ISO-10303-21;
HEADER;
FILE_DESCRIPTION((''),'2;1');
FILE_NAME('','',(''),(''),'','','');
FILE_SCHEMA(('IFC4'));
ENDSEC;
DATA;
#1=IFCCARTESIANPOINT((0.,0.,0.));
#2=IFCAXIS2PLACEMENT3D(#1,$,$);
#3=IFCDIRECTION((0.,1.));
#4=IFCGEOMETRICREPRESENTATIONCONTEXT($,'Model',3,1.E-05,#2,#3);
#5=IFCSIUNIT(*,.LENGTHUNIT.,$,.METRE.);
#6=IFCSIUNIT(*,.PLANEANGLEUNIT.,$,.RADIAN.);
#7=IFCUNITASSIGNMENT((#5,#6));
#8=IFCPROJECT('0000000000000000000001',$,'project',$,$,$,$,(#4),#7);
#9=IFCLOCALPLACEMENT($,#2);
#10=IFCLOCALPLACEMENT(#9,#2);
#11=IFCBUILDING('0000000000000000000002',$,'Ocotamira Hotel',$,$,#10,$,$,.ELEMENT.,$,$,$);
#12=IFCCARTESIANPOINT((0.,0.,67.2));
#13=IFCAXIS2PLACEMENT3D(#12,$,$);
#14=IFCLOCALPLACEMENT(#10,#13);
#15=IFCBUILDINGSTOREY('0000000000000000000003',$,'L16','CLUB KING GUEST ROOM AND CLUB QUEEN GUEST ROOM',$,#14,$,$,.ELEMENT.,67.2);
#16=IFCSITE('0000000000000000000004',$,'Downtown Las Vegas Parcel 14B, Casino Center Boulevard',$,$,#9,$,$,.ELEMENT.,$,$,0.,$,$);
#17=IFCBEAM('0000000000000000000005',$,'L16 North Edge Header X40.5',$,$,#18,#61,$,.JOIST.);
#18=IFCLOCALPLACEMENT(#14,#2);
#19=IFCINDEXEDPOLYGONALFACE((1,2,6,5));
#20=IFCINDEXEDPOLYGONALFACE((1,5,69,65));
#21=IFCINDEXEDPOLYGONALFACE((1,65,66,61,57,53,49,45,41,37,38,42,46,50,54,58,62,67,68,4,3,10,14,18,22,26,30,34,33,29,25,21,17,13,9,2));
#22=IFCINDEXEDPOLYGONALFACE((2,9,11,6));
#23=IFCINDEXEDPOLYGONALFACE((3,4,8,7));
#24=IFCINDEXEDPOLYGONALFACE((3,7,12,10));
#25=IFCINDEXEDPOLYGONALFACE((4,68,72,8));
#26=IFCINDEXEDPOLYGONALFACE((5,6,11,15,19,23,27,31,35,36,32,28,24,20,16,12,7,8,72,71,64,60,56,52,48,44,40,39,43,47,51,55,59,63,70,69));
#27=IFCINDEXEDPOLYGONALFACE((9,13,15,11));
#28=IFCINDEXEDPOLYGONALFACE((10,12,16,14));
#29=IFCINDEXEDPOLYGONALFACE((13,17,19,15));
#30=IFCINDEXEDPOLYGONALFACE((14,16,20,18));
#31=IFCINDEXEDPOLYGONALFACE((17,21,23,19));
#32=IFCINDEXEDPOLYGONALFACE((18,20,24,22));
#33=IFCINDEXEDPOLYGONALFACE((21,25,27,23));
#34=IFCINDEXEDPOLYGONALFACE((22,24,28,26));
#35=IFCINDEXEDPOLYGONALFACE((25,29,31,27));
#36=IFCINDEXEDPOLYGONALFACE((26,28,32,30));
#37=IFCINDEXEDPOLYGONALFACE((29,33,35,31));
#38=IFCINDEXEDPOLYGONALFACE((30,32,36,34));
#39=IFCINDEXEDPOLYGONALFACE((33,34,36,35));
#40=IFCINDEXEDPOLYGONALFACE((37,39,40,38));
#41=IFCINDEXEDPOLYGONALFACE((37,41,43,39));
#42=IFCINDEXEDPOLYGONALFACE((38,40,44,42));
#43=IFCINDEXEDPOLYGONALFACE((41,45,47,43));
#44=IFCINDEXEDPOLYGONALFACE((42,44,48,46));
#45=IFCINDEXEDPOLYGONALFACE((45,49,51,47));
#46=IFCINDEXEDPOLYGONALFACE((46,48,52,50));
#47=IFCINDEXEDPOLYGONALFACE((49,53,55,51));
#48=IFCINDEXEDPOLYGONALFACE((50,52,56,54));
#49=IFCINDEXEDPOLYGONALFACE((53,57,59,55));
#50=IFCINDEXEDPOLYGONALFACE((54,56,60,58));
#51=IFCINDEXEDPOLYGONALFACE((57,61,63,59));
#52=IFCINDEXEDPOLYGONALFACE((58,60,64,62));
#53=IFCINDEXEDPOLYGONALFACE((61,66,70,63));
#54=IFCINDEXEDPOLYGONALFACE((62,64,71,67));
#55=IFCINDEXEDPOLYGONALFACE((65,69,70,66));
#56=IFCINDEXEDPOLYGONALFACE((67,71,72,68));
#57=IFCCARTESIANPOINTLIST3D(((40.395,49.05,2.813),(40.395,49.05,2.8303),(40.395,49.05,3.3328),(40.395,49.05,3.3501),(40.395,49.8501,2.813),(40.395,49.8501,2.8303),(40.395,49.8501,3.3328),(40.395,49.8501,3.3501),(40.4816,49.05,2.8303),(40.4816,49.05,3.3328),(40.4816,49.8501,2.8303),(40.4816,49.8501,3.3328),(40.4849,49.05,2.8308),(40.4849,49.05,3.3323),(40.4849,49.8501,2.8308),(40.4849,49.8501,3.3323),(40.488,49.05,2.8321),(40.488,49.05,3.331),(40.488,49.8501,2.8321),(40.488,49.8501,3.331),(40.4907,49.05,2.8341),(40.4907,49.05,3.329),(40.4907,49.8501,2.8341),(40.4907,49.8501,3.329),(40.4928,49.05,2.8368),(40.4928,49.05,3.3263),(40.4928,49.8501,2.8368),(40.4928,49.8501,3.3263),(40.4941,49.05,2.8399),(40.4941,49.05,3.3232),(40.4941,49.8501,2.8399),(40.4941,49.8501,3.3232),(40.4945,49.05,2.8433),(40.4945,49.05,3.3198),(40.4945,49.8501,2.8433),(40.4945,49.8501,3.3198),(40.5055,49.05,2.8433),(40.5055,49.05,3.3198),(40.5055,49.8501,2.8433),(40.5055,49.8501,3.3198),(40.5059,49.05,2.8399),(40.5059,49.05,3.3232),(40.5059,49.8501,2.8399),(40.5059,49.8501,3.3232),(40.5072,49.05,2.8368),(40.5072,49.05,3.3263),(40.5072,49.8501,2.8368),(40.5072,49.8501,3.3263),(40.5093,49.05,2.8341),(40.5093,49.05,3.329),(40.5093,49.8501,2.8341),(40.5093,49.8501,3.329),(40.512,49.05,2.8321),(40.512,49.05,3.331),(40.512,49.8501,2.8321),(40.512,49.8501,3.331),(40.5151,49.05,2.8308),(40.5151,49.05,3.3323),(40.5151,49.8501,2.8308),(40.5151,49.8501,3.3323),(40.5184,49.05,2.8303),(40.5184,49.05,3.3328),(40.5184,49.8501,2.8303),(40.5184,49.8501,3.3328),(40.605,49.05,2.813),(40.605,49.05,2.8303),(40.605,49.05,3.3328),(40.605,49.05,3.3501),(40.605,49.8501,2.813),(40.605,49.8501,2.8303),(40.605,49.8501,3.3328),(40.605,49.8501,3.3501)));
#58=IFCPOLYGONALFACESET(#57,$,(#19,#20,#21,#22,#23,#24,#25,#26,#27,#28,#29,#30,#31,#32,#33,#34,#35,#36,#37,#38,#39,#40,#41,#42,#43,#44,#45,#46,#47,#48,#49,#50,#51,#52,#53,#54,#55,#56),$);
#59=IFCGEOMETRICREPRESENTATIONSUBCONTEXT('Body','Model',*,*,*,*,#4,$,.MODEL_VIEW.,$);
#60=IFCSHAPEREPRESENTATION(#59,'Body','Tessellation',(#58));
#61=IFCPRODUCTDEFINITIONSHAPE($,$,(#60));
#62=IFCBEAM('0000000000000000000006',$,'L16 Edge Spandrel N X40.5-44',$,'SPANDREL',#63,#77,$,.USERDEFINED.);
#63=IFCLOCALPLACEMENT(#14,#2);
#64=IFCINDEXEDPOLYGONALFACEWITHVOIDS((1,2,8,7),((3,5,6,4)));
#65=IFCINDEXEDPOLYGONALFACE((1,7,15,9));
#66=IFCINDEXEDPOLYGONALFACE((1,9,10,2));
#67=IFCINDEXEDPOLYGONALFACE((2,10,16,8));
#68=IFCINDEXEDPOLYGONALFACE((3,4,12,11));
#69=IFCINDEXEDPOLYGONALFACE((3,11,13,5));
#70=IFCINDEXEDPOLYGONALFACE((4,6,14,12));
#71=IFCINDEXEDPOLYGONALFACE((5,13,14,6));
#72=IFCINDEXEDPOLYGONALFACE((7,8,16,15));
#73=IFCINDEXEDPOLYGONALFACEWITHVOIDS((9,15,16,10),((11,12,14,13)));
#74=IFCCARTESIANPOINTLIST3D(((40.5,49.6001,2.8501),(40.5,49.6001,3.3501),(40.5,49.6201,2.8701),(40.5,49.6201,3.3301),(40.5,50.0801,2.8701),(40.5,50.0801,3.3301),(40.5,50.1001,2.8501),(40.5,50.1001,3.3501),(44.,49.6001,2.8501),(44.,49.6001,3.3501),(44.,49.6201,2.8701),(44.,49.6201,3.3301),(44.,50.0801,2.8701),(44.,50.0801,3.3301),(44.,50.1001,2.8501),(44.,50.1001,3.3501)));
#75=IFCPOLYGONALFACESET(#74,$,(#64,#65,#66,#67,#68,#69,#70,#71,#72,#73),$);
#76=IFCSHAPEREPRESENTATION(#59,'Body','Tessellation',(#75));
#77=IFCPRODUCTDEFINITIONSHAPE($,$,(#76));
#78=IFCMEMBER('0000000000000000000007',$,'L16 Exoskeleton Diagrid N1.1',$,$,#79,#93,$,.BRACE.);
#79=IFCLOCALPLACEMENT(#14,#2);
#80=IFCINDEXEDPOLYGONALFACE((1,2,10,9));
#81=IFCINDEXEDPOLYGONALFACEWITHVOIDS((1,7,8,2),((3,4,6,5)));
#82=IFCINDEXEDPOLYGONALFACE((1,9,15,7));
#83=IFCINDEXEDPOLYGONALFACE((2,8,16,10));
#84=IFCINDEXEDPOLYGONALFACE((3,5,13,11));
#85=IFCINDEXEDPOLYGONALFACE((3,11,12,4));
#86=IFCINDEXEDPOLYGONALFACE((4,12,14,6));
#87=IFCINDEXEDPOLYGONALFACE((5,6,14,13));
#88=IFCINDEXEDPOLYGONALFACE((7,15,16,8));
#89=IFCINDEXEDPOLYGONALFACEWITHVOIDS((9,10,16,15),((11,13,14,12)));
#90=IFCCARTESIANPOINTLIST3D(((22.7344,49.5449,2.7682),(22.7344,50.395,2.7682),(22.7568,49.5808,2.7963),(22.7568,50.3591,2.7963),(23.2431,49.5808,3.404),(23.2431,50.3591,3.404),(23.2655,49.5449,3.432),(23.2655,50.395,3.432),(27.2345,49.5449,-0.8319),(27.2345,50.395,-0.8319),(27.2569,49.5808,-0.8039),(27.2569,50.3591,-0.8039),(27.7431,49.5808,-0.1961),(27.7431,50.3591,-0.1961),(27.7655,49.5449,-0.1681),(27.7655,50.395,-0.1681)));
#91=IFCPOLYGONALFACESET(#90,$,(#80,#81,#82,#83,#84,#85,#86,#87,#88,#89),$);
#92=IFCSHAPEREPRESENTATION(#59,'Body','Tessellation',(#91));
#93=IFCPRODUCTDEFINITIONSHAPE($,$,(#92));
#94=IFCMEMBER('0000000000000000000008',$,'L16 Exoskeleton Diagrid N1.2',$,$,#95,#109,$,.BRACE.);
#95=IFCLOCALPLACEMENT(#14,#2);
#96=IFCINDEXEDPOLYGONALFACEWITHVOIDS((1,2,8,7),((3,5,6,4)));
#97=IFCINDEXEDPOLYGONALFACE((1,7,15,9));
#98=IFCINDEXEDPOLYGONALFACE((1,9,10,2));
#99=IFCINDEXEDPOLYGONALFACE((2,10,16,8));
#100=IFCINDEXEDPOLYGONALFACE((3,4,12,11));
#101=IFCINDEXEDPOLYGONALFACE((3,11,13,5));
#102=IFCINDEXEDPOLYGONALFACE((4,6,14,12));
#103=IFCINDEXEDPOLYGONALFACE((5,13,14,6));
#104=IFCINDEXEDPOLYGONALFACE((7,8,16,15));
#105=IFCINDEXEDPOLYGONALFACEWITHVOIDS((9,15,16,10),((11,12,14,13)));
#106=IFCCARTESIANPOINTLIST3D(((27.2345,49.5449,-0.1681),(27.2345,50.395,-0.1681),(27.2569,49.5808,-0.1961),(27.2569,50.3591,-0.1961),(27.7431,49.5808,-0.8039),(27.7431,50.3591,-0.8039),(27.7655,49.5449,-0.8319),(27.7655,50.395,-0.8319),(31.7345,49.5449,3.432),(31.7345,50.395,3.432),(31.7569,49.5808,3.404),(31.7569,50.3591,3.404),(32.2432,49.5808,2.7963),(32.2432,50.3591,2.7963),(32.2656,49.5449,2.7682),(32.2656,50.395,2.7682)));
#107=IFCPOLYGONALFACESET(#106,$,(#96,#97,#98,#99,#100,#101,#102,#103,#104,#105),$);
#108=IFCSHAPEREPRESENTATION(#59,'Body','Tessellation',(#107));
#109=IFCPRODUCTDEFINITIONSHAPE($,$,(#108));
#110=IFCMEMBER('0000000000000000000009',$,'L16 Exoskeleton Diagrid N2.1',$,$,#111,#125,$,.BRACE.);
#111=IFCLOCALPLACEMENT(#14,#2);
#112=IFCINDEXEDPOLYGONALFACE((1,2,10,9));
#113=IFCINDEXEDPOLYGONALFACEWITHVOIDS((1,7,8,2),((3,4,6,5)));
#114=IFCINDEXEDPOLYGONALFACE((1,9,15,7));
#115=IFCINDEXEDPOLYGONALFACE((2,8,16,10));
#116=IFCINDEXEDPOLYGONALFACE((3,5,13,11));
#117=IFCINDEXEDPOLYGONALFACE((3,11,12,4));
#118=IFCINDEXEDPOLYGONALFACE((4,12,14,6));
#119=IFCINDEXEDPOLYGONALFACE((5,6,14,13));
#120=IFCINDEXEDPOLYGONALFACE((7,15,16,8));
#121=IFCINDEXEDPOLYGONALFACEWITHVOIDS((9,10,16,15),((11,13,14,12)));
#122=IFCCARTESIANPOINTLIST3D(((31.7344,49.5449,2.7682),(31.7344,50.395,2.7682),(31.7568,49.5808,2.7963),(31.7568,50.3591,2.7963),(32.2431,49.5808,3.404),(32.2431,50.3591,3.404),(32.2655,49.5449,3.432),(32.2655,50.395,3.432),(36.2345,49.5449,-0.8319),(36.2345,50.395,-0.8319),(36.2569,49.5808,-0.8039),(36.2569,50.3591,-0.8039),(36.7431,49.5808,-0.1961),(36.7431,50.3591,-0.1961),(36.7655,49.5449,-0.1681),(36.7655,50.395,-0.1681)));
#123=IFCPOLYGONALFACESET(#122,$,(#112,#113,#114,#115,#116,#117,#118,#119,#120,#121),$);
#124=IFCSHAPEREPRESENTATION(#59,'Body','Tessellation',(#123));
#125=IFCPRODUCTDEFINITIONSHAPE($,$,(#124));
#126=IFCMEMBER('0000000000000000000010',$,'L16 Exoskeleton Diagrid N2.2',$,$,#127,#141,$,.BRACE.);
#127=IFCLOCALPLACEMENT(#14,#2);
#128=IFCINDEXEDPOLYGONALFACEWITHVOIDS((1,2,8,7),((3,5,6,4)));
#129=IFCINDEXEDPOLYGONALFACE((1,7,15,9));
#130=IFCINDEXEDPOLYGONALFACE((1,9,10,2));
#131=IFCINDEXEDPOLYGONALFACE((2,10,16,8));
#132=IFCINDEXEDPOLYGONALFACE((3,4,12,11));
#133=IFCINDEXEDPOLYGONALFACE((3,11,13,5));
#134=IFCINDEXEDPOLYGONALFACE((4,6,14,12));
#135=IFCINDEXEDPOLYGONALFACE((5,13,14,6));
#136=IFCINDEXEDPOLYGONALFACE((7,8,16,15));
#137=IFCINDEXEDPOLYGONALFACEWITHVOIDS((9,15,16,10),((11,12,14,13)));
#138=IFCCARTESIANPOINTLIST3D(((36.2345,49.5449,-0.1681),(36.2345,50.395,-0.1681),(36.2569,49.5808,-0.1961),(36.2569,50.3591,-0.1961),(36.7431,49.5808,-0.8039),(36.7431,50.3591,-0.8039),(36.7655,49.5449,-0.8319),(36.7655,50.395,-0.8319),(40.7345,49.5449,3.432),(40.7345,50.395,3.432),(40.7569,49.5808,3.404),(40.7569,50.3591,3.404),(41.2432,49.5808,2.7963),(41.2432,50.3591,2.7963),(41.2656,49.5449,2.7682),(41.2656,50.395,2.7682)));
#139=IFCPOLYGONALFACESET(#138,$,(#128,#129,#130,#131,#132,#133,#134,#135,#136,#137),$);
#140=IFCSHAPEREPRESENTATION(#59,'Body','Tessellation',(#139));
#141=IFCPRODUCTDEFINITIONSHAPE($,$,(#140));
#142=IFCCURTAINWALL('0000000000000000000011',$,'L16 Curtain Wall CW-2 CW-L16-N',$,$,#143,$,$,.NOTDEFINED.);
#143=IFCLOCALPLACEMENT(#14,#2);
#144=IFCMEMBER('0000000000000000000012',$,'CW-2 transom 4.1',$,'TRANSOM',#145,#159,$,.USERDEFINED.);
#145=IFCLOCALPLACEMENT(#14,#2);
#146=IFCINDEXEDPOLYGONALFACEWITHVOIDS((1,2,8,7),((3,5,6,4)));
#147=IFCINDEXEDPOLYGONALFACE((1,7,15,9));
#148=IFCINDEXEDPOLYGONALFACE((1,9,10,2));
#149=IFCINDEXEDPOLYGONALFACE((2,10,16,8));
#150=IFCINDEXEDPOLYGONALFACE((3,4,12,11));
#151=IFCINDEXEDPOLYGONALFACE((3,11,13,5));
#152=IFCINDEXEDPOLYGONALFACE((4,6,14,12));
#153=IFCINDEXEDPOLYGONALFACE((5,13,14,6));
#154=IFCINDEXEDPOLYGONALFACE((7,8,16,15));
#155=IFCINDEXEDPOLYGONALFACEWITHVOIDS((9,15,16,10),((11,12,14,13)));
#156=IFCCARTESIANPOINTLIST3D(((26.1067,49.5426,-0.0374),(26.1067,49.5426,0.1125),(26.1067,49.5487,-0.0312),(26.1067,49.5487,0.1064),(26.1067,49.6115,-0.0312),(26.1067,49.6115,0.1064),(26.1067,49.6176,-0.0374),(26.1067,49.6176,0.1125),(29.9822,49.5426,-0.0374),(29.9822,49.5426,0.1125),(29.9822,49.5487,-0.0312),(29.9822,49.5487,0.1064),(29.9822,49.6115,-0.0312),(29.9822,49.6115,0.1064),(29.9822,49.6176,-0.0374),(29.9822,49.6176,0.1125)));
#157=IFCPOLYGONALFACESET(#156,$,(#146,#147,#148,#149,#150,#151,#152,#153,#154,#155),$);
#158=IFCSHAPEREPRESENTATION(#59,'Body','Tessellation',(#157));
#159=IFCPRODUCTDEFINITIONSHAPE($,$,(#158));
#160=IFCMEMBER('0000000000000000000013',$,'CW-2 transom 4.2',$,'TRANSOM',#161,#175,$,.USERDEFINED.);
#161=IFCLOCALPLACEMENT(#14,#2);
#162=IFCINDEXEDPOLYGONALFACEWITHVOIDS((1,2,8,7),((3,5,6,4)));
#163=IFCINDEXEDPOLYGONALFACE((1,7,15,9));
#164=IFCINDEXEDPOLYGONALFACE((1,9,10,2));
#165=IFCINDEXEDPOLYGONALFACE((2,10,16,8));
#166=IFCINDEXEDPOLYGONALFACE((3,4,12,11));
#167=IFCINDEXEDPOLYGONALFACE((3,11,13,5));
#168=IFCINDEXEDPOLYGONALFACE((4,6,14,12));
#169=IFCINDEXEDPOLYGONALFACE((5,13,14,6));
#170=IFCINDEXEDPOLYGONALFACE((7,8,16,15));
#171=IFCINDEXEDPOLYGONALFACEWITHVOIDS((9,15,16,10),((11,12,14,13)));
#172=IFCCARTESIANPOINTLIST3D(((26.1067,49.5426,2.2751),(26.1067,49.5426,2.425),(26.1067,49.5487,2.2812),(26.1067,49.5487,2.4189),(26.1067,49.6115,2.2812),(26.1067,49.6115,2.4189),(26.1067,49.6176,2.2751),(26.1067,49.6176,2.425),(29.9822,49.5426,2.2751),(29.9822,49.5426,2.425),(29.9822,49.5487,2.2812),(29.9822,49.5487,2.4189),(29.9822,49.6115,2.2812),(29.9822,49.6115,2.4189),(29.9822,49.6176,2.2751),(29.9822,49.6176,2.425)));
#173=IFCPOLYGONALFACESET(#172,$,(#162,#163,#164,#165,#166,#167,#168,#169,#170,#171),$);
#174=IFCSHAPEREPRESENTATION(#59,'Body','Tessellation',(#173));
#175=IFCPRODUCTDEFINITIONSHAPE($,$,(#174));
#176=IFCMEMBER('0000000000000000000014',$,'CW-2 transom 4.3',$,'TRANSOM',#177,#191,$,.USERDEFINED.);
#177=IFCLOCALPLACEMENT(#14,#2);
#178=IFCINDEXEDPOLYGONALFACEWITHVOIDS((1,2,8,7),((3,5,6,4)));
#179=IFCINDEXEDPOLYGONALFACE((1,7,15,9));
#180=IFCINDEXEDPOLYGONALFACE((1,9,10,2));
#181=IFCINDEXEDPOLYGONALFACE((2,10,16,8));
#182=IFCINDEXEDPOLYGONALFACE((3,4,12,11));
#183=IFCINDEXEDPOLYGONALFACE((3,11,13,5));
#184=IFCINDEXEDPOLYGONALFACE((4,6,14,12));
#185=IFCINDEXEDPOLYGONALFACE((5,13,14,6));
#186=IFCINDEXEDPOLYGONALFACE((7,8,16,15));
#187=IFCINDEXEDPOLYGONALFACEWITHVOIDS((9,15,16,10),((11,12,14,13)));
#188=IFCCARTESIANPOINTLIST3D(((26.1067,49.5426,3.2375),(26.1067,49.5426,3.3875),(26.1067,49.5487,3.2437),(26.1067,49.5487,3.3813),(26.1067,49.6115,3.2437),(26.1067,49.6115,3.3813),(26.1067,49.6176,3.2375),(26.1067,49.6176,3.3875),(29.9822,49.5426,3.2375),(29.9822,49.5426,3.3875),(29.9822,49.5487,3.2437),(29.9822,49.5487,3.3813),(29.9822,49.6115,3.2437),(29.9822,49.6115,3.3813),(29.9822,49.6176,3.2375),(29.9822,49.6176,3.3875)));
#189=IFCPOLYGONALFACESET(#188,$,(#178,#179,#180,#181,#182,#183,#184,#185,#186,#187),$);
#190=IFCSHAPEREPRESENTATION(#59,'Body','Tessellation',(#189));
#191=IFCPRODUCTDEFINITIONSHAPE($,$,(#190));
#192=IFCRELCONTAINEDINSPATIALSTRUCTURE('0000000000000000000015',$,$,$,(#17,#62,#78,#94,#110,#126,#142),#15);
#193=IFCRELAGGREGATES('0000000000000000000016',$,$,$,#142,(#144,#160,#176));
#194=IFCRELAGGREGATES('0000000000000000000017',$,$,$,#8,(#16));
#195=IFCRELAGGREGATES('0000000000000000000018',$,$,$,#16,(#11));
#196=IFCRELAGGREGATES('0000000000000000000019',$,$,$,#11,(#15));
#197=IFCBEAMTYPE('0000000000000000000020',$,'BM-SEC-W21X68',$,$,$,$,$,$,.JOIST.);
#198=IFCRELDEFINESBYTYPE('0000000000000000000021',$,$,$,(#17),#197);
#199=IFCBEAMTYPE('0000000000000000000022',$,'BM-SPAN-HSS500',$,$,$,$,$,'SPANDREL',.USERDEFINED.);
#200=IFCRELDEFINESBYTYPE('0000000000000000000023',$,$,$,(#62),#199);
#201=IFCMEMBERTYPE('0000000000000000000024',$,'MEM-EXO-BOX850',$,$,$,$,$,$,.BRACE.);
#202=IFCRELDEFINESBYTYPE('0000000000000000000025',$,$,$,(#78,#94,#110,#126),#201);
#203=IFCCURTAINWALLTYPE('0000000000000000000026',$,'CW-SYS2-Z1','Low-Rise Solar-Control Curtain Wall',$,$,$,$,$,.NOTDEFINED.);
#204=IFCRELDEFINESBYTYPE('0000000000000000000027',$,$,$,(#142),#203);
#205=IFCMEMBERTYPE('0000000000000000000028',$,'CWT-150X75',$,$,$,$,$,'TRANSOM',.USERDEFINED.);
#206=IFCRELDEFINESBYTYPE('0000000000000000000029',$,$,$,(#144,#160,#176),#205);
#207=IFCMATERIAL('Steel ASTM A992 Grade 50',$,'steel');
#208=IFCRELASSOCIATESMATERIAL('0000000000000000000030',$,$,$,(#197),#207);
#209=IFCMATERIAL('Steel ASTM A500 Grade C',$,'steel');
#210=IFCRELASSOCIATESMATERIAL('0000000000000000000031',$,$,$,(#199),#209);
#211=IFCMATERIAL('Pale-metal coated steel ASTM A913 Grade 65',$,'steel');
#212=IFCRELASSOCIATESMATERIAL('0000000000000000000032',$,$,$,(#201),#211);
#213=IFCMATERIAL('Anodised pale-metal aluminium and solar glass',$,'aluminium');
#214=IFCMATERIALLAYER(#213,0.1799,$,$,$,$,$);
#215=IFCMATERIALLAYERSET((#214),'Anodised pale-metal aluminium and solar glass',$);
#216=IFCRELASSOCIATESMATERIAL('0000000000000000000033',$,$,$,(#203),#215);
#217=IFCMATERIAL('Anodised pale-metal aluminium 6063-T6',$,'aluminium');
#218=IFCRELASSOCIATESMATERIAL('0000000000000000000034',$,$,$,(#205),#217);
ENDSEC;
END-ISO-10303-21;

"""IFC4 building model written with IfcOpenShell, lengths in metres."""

from ifc_helpers import new_model, si_unit, direction, frame, origin, origin_2d, place, context, subcontext, project, spatial, hollow_rectangle, i_section, extrude, source, transform, mapped, material, layer, layer_set, material_profile, profile_set, type_object, element, aggregate, save


model = new_model("IFC4")

# Units and contexts
model_context = context("Model", 3, precision=1e-05, world=origin(), true_north=direction((0.0, 1.0)))
body_context = subcontext(model_context, "Body", "Model", "MODEL_VIEW")
ifc_project = project(units=[si_unit("LENGTHUNIT", "METRE"), si_unit("PLANEANGLEUNIT", "RADIAN")], contexts=[model_context])

# Site, building, storey
site_placement = place(None, origin())
site = spatial("IfcSite", under=ifc_project, at=site_placement, Name="Downtown Las Vegas Parcel 14B, Casino Center Boulevard", CompositionType="ELEMENT", RefElevation=0.0)
building_placement = place(site_placement, origin())
building = spatial("IfcBuilding", under=site, at=building_placement, Name="Ocotamira Hotel", CompositionType="ELEMENT")
storey_placement = place(building_placement, frame((0.0, 0.0, 67.2)))
storey = spatial("IfcBuildingStorey", under=building, at=storey_placement, Name="L16", Description="CLUB KING GUEST ROOM AND CLUB QUEEN GUEST ROOM", CompositionType="ELEMENT", Elevation=67.2)

# Beams
ifc_material_1 = material(Name="Steel ASTM A992 Grade 50", Category="steel")
ifc_material_profile_1 = material_profile(ifc_material_1, i_section(OverallWidth=0.21, OverallDepth=0.5371, WebThickness=0.011, FlangeThickness=0.0173, FilletRadius=0.0129, at=origin_2d()), Name="W21X68")
ifc_profile_set_1 = profile_set([ifc_material_profile_1], Name="Steel ASTM A992 Grade 50")
beam_type_1 = type_object("IfcBeamType", Name="BM-SEC-W21X68", PredefinedType="JOIST", material=ifc_profile_set_1)
shared_shape_1 = source(origin(), body_context, "Body", "SweptSolid", [
    extrude(i_section(OverallWidth=0.21, OverallDepth=0.5371, WebThickness=0.011, FlangeThickness=0.0173, FilletRadius=0.0129, at=origin_2d()), origin(), (0.0, 0.0, 1.0), 0.8),
])
beam_1_placement = place(storey_placement, frame((40.5, 49.05, 3.0815), z_axis=(0.0, 1.0, 0.0), x_axis=(-1.0, 0.0, 0.0)))
element("IfcBeam", 1, at=beam_1_placement, inside=storey, type_object=beam_type_1, Name="L16 North Edge Header X40.5", PredefinedType="JOIST", context=body_context, shape_type="MappedRepresentation", body=[
    mapped(shared_shape_1, transform((0.0, 0.0, 0.0), scale=1.0)),
])
ifc_material_2 = material(Name="Steel ASTM A500 Grade C", Category="steel")
ifc_material_profile_2 = material_profile(ifc_material_2, hollow_rectangle(XDim=0.5, YDim=0.5, WallThickness=0.02, at=origin_2d()), Name="HSS500X500X20")
ifc_profile_set_2 = profile_set([ifc_material_profile_2], Name="Steel ASTM A500 Grade C")
beam_type_2 = type_object("IfcBeamType", Name="BM-SPAN-HSS500", ElementType="SPANDREL", PredefinedType="USERDEFINED", material=ifc_profile_set_2)
shared_shape_2 = source(origin(), body_context, "Body", "SweptSolid", [
    extrude(hollow_rectangle(XDim=0.5, YDim=0.5, WallThickness=0.02, at=origin_2d()), origin(), (0.0, 0.0, 1.0), 3.5),
])
beam_2_placement = place(storey_placement, frame((40.5, 49.8501, 3.1001), z_axis=(1.0, 0.0, 0.0), x_axis=(0.0, 1.0, 0.0)))
element("IfcBeam", 2, at=beam_2_placement, inside=storey, type_object=beam_type_2, Name="L16 Edge Spandrel N X40.5-44", ObjectType="SPANDREL", PredefinedType="USERDEFINED", context=body_context, shape_type="MappedRepresentation", body=[
    mapped(shared_shape_2, transform((0.0, 0.0, 0.0), scale=1.0)),
])

# Members
ifc_material_3 = material(Name="Pale-metal coated steel ASTM A913 Grade 65", Category="steel")
ifc_material_profile_3 = material_profile(ifc_material_3, hollow_rectangle(XDim=0.8501, YDim=0.8501, WallThickness=0.0359, at=origin_2d()), Name="BOX850X850X36")
ifc_profile_set_3 = profile_set([ifc_material_profile_3], Name="Pale-metal coated steel ASTM A913 Grade 65")
member_type_1 = type_object("IfcMemberType", Name="MEM-EXO-BOX850", PredefinedType="BRACE", material=ifc_profile_set_3)
shared_shape_3 = source(origin(), body_context, "Body", "SweptSolid", [
    extrude(hollow_rectangle(XDim=0.8501, YDim=0.8501, WallThickness=0.0359, at=origin_2d()), origin(), (0.0, 0.0, 1.0), 5.7629),
])
for number, where, z_axis, x_axis, name in (
    (3, (27.5, 49.97, -0.5), (-0.780861, 0.0, 0.624705), (0.0, -1.0, 0.0), "L16 Exoskeleton Diagrid N1.1"),
    (4, (27.5, 49.97, -0.5), (0.780861, 0.0, 0.624705), (0.0, 1.0, 0.0), "L16 Exoskeleton Diagrid N1.2"),
    (5, (36.5, 49.97, -0.5), (-0.780861, 0.0, 0.624705), (0.0, -1.0, 0.0), "L16 Exoskeleton Diagrid N2.1"),
    (6, (36.5, 49.97, -0.5), (0.780861, 0.0, 0.624705), (0.0, 1.0, 0.0), "L16 Exoskeleton Diagrid N2.2"),
):
    element("IfcMember", number, at=place(storey_placement, frame(where, z_axis=z_axis, x_axis=x_axis)), inside=storey, type_object=member_type_1, Name=name, PredefinedType="BRACE", context=body_context, shape_type="MappedRepresentation", body=[
        mapped(shared_shape_3, transform((0.0, 0.0, 0.0), scale=1.0)),
    ])

# Curtain wall, members
ifc_material_4 = material(Name="Anodised pale-metal aluminium and solar glass", Category="aluminium")
ifc_layer_1 = layer(ifc_material_4, 0.1799)
ifc_layer_set_1 = layer_set([ifc_layer_1], Name="Anodised pale-metal aluminium and solar glass")
curtain_wall_type = type_object("IfcCurtainWallType", Name="CW-SYS2-Z1", Description="Low-Rise Solar-Control Curtain Wall", PredefinedType="NOTDEFINED", material=ifc_layer_set_1)
curtain_wall_placement = place(storey_placement, origin())
curtain_wall = element("IfcCurtainWall", 7, at=curtain_wall_placement, inside=storey, type_object=curtain_wall_type, Name="L16 Curtain Wall CW-2 CW-L16-N", PredefinedType="NOTDEFINED")
ifc_material_5 = material(Name="Anodised pale-metal aluminium 6063-T6", Category="aluminium")
ifc_material_profile_4 = material_profile(ifc_material_5, hollow_rectangle(XDim=0.075, YDim=0.1499, WallThickness=0.0061, at=origin_2d()), Name="HSS150X75X6")
ifc_profile_set_4 = profile_set([ifc_material_profile_4], Name="Anodised pale-metal aluminium 6063-T6")
member_type_2 = type_object("IfcMemberType", Name="CWT-150X75", ElementType="TRANSOM", PredefinedType="USERDEFINED", material=ifc_profile_set_4)
shared_shape_4 = source(origin(), body_context, "Body", "SweptSolid", [
    extrude(hollow_rectangle(XDim=0.075, YDim=0.1499, WallThickness=0.0061, at=origin_2d()), origin(), (0.0, 0.0, 1.0), 3.8755),
])
member_1_placement = place(storey_placement, frame((26.1067, 49.5801, 0.0376), z_axis=(1.0, 0.0, 0.0), x_axis=(0.0, 1.0, 0.0)))
member_1 = element("IfcMember", 8, at=member_1_placement, type_object=member_type_2, Name="CW-2 transom 4.1", ObjectType="TRANSOM", PredefinedType="USERDEFINED", context=body_context, shape_type="MappedRepresentation", body=[
    mapped(shared_shape_4, transform((0.0, 0.0, 0.0), scale=1.0)),
])
member_2_placement = place(storey_placement, frame((26.1067, 49.5801, 2.3501), z_axis=(1.0, 0.0, 0.0), x_axis=(0.0, 1.0, 0.0)))
member_2 = element("IfcMember", 9, at=member_2_placement, type_object=member_type_2, Name="CW-2 transom 4.2", ObjectType="TRANSOM", PredefinedType="USERDEFINED", context=body_context, shape_type="MappedRepresentation", body=[
    mapped(shared_shape_4, transform((0.0, 0.0, 0.0), scale=1.0)),
])
member_3_placement = place(storey_placement, frame((26.1067, 49.5801, 3.3125), z_axis=(1.0, 0.0, 0.0), x_axis=(0.0, 1.0, 0.0)))
member_3 = element("IfcMember", 10, at=member_3_placement, type_object=member_type_2, Name="CW-2 transom 4.3", ObjectType="TRANSOM", PredefinedType="USERDEFINED", context=body_context, shape_type="MappedRepresentation", body=[
    mapped(shared_shape_4, transform((0.0, 0.0, 0.0), scale=1.0)),
])

aggregate(curtain_wall, [member_1, member_2, member_3])

save(model, "model.ifc")
